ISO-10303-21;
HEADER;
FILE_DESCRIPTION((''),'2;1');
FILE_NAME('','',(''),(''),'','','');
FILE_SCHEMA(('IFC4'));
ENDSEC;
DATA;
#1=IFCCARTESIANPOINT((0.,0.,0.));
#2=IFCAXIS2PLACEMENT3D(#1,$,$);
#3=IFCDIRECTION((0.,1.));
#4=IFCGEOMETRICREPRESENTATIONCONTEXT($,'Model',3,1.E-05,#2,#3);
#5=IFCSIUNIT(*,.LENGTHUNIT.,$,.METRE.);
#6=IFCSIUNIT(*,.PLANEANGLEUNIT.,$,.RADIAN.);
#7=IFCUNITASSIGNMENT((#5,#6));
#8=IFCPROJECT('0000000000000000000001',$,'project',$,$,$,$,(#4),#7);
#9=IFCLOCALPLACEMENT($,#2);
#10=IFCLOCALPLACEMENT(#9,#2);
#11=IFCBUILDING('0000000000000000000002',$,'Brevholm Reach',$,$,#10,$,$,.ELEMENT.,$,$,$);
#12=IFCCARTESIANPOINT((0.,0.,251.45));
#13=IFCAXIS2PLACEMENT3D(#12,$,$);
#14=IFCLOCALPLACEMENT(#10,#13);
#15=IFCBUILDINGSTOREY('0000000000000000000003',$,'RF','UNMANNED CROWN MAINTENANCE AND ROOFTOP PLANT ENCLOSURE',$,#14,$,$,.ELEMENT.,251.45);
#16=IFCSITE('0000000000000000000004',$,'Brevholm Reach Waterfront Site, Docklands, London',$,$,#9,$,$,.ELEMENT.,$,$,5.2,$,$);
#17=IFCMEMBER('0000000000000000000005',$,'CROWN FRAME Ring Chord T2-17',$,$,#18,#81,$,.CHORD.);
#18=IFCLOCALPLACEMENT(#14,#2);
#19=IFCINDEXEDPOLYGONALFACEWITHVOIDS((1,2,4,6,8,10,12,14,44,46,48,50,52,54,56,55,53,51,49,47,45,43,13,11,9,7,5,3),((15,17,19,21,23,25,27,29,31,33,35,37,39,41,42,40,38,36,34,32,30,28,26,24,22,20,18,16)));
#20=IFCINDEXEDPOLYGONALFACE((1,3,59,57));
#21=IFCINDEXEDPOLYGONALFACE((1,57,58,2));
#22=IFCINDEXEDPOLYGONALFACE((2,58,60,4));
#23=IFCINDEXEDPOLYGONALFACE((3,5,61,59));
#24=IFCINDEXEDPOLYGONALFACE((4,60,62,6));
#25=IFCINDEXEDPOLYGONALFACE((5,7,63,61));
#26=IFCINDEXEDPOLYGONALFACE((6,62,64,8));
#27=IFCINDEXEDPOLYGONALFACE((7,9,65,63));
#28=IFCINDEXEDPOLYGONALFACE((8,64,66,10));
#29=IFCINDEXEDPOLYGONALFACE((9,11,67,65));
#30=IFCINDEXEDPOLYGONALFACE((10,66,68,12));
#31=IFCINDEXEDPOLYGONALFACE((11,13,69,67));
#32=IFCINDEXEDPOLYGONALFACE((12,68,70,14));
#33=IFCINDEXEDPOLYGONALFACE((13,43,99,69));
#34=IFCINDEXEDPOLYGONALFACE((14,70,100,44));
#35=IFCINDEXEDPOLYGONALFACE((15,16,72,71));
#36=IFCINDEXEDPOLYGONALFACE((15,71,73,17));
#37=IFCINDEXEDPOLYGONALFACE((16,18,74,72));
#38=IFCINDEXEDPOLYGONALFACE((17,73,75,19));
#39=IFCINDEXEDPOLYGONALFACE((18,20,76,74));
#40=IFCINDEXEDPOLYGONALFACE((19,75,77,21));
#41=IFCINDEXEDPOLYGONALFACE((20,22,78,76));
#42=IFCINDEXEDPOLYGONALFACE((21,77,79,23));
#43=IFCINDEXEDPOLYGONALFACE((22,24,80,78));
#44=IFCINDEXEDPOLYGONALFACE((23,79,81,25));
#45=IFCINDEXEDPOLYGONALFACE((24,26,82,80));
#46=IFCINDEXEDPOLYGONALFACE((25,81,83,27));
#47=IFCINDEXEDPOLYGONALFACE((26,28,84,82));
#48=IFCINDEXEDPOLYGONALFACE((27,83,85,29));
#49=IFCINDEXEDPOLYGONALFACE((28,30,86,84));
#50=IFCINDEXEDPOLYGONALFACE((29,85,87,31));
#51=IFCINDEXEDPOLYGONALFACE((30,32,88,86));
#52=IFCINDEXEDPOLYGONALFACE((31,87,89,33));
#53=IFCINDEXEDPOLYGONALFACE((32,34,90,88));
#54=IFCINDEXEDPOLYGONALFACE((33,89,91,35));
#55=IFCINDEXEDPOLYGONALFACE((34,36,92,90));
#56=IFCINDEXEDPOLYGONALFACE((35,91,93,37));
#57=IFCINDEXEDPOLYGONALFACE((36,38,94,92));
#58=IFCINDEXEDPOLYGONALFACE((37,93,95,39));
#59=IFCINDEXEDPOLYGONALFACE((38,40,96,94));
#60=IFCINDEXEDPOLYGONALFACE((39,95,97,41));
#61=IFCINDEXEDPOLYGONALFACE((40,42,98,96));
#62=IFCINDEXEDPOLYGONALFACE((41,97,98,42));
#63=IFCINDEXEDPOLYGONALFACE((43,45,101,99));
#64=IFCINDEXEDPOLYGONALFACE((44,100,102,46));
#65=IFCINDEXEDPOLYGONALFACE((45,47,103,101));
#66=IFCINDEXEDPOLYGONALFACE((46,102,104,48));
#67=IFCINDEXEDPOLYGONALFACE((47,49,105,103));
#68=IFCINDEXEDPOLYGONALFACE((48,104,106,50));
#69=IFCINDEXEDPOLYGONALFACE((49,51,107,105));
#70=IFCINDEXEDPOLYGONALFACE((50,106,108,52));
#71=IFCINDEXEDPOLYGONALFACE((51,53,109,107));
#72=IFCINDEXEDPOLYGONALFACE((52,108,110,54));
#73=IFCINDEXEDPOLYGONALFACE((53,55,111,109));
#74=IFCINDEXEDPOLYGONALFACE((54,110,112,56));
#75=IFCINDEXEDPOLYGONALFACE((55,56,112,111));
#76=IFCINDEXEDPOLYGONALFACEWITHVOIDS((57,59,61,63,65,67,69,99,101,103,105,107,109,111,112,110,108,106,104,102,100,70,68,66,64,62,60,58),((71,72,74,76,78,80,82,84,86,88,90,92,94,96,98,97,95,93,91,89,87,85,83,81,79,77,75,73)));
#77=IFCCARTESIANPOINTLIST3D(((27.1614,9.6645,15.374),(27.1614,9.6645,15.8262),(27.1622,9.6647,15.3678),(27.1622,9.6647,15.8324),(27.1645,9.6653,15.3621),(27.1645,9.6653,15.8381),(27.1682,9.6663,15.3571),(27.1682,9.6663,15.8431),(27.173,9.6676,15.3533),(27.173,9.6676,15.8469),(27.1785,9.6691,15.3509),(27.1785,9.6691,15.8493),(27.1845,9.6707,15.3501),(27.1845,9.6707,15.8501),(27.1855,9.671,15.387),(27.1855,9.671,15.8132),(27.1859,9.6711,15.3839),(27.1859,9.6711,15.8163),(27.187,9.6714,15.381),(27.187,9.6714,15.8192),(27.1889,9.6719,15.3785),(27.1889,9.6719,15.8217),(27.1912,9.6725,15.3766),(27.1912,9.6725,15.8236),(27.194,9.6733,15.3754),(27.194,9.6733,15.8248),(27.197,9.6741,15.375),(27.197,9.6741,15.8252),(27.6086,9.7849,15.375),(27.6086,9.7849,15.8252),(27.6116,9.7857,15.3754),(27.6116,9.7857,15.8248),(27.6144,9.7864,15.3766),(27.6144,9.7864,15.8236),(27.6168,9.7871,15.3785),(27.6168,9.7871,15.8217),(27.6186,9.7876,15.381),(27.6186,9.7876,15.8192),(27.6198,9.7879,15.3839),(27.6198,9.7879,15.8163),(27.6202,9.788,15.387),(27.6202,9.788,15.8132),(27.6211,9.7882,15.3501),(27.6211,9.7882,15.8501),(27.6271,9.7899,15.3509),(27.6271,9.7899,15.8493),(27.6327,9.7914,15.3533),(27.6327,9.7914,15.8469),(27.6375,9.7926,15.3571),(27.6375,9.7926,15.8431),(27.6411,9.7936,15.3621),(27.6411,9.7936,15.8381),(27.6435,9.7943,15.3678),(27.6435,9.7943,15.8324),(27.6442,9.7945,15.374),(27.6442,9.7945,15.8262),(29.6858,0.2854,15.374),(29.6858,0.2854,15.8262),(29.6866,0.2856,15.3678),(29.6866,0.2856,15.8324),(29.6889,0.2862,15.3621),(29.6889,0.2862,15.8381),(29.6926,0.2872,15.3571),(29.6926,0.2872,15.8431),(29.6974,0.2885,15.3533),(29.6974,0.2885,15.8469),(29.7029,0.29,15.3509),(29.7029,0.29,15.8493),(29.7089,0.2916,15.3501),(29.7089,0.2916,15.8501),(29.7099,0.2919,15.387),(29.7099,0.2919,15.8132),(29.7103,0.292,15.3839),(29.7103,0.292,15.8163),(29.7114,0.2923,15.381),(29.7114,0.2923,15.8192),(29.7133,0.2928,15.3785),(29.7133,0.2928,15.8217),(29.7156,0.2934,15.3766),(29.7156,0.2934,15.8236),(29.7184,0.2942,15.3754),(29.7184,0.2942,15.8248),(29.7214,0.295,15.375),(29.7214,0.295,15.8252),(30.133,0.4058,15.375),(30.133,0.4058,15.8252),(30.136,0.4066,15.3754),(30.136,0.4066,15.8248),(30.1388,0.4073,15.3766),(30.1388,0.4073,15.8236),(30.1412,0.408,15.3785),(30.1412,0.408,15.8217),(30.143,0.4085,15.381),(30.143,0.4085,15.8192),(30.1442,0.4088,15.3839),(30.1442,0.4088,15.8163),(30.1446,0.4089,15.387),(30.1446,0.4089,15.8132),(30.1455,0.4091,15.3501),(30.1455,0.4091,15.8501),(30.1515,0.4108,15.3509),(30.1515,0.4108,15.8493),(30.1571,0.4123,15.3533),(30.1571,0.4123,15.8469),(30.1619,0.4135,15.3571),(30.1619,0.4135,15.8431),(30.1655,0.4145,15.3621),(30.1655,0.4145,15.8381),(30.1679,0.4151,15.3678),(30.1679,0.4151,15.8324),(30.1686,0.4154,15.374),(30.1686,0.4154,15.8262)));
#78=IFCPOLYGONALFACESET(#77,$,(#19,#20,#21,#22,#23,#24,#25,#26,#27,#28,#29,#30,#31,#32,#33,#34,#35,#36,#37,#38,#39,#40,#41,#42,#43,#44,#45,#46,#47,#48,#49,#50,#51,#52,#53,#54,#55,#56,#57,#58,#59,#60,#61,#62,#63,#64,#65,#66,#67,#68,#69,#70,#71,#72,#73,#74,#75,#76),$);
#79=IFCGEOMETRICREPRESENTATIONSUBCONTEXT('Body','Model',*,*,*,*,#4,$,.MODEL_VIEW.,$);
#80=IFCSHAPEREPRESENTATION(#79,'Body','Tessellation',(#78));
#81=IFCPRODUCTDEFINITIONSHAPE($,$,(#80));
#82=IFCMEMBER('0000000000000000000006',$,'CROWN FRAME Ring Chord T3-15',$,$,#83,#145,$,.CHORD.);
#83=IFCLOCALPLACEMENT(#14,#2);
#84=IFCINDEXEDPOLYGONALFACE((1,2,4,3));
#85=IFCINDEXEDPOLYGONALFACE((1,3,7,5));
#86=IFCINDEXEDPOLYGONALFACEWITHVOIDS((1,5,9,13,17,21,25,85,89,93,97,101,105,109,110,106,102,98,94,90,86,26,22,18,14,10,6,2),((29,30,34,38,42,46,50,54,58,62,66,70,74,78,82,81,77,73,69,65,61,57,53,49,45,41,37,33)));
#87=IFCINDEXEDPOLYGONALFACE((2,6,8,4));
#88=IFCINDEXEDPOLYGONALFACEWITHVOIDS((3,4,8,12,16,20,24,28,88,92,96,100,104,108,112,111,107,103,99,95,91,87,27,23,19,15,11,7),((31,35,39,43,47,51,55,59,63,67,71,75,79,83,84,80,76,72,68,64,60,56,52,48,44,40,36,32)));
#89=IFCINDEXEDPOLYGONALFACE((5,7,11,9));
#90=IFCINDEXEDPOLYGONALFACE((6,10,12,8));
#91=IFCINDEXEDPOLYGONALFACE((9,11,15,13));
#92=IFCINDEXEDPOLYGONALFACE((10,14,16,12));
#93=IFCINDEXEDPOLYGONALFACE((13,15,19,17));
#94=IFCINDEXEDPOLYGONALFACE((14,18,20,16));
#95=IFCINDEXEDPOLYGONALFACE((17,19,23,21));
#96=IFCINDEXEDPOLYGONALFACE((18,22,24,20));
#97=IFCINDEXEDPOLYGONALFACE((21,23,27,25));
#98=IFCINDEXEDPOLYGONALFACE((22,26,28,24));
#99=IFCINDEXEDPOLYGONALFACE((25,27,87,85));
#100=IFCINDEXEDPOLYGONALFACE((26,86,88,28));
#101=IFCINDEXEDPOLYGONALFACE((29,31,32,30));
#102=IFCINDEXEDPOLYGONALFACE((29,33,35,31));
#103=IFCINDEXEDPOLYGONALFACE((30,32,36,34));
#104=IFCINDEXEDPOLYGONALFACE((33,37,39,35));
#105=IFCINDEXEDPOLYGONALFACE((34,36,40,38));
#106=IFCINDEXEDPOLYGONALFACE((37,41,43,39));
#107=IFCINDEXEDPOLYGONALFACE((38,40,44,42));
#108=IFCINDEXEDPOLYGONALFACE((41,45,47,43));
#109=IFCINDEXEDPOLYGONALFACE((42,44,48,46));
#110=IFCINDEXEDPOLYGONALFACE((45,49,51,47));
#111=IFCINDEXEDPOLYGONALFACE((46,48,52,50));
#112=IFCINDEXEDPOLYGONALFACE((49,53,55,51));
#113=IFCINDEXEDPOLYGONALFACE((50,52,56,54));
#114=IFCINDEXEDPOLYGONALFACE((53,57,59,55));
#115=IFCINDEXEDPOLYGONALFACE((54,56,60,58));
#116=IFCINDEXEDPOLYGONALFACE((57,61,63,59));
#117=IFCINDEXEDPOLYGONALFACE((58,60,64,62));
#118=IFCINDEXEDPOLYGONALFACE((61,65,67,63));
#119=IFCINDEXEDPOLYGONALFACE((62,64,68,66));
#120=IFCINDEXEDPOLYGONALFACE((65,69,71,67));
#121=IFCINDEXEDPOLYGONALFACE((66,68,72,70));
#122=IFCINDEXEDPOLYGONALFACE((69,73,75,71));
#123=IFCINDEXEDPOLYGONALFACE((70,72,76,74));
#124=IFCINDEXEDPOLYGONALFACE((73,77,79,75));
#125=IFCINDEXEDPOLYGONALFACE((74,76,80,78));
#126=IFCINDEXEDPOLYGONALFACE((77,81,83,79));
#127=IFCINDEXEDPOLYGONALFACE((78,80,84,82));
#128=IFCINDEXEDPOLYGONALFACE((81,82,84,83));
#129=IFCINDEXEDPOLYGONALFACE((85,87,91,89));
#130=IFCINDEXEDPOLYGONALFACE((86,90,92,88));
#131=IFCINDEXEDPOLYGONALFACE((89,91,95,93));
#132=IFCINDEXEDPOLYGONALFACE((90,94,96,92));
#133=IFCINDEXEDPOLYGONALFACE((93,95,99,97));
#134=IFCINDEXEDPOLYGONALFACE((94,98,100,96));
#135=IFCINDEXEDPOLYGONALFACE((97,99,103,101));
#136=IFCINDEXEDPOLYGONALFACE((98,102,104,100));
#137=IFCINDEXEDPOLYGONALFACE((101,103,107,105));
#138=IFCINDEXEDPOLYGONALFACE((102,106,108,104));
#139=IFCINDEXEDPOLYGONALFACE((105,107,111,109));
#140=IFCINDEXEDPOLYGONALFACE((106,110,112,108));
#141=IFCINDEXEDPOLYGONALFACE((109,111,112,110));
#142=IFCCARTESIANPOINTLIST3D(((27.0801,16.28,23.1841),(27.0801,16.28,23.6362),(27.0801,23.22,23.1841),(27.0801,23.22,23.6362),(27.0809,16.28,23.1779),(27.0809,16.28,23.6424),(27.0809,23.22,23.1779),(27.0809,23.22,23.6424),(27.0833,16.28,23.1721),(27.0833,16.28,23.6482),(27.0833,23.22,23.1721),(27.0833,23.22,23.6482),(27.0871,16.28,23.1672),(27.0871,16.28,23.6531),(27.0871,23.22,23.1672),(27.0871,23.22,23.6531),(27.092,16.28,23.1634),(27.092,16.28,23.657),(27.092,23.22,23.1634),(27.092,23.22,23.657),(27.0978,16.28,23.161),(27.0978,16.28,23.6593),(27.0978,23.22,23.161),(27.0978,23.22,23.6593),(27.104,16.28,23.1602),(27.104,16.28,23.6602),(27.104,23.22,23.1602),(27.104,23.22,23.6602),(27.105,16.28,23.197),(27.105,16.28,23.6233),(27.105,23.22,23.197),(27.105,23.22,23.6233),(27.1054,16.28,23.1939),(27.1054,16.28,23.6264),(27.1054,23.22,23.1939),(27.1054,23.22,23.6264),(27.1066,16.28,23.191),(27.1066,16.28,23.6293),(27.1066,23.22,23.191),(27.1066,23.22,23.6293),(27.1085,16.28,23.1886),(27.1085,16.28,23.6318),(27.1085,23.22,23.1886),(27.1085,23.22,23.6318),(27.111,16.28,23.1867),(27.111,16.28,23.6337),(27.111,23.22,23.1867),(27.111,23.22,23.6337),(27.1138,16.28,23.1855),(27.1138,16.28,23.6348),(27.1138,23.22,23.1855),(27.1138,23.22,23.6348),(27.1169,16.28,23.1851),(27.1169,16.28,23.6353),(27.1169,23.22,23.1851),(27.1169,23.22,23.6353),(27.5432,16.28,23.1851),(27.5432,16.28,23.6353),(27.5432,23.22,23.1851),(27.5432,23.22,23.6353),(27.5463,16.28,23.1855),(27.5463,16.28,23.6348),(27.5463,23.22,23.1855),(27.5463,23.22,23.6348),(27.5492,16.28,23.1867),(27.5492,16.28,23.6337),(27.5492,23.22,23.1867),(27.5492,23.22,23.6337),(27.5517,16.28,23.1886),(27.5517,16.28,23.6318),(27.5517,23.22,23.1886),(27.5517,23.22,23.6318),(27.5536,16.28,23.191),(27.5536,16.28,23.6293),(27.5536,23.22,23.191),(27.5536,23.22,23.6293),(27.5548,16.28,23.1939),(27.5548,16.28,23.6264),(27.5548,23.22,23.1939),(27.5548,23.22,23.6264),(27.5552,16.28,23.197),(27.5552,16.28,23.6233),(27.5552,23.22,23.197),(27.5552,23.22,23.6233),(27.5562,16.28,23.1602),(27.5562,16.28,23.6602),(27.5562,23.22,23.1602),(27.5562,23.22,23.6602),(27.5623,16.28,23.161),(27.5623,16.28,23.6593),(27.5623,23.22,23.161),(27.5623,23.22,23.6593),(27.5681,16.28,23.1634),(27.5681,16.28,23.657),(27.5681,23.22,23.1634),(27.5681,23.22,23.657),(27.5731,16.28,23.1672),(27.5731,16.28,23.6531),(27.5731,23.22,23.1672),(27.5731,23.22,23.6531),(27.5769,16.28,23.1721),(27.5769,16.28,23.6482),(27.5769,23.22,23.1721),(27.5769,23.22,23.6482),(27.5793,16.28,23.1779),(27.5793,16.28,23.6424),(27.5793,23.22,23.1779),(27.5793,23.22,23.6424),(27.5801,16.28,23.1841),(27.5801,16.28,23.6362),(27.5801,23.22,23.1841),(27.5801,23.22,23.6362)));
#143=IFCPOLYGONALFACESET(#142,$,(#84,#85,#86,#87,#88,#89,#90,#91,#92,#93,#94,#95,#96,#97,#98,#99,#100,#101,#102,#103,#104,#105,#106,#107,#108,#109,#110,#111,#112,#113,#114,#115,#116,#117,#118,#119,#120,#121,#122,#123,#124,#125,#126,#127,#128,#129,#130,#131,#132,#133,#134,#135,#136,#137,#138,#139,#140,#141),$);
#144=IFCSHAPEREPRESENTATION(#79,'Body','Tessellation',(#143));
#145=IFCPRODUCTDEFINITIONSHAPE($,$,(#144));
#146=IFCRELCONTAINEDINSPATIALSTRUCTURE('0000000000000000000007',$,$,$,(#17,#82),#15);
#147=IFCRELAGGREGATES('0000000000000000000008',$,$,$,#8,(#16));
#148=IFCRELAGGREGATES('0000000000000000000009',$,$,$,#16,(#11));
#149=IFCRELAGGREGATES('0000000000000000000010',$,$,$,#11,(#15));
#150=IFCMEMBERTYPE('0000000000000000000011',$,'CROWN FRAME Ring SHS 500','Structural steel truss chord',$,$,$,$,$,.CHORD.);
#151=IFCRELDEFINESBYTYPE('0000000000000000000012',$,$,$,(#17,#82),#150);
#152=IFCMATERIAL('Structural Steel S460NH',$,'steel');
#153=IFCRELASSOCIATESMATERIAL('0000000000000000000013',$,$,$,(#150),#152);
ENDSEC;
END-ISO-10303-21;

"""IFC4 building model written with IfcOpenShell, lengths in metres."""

from ifc_helpers import new_model, si_unit, direction, frame, origin, origin_2d, place, context, subcontext, project, spatial, hollow_rectangle, extrude, material, material_profile, profile_set, type_object, element, save


model = new_model("IFC4")

# Units and contexts
model_context = context("Model", 3, precision=1e-05, world=origin(), true_north=direction((0.0, 1.0)))
body_context = subcontext(model_context, "Body", "Model", "MODEL_VIEW")
ifc_project = project(units=[si_unit("LENGTHUNIT", "METRE"), si_unit("PLANEANGLEUNIT", "RADIAN")], contexts=[model_context])

# Site, building, storey
site_placement = place(None, origin())
site = spatial("IfcSite", under=ifc_project, at=site_placement, Name="Brevholm Reach Waterfront Site, Docklands, London", CompositionType="ELEMENT", RefElevation=5.2)
building_placement = place(site_placement, origin())
building = spatial("IfcBuilding", under=site, at=building_placement, Name="Brevholm Reach", CompositionType="ELEMENT")
storey_placement = place(building_placement, frame((0.0, 0.0, 251.45)))
storey = spatial("IfcBuildingStorey", under=building, at=storey_placement, Name="RF", Description="UNMANNED CROWN MAINTENANCE AND ROOFTOP PLANT ENCLOSURE", CompositionType="ELEMENT", Elevation=251.45)

# Members
ifc_material_1 = material(Name="Structural Steel S460NH", Category="steel")
ifc_material_profile_1 = material_profile(ifc_material_1, hollow_rectangle(XDim=0.5, YDim=0.5, WallThickness=0.0249, InnerFilletRadius=0.012, OuterFilletRadius=0.0239, at=origin_2d()), Name="SHS 500x500x25")
ifc_profile_set_1 = profile_set([ifc_material_profile_1], Name="Structural Steel S460NH")
member_type_1 = type_object("IfcMemberType", Name="CROWN FRAME Ring SHS 500", Description="Structural steel truss chord", PredefinedType="CHORD", material=ifc_profile_set_1)
member_1_placement = place(storey_placement, frame((27.4028, 9.7295, 15.6001), z_axis=(0.259902, -0.965635, 0.0), x_axis=(0.965635, 0.259902, 0.0)))
element("IfcMember", 1, at=member_1_placement, inside=storey, type_object=member_type_1, Name="CROWN FRAME Ring Chord T2-17", PredefinedType="CHORD", context=body_context, shape_type="SweptSolid", body=[
    extrude(hollow_rectangle(XDim=0.5, YDim=0.5, WallThickness=0.0249, InnerFilletRadius=0.012, OuterFilletRadius=0.0239, at=origin_2d()), origin(), (0.0, 0.0, 1.0), 9.7129),
])
member_2_placement = place(storey_placement, frame((27.3301, 23.22, 23.4102), z_axis=(0.0, -1.0, 0.0), x_axis=(1.0, 0.0, 0.0)))
element("IfcMember", 2, at=member_2_placement, inside=storey, type_object=member_type_1, Name="CROWN FRAME Ring Chord T3-15", PredefinedType="CHORD", context=body_context, shape_type="SweptSolid", body=[
    extrude(hollow_rectangle(XDim=0.5, YDim=0.5, WallThickness=0.0249, InnerFilletRadius=0.012, OuterFilletRadius=0.0239, at=origin_2d()), origin(), (0.0, 0.0, 1.0), 6.9399),
])

save(model, "model.ifc")
